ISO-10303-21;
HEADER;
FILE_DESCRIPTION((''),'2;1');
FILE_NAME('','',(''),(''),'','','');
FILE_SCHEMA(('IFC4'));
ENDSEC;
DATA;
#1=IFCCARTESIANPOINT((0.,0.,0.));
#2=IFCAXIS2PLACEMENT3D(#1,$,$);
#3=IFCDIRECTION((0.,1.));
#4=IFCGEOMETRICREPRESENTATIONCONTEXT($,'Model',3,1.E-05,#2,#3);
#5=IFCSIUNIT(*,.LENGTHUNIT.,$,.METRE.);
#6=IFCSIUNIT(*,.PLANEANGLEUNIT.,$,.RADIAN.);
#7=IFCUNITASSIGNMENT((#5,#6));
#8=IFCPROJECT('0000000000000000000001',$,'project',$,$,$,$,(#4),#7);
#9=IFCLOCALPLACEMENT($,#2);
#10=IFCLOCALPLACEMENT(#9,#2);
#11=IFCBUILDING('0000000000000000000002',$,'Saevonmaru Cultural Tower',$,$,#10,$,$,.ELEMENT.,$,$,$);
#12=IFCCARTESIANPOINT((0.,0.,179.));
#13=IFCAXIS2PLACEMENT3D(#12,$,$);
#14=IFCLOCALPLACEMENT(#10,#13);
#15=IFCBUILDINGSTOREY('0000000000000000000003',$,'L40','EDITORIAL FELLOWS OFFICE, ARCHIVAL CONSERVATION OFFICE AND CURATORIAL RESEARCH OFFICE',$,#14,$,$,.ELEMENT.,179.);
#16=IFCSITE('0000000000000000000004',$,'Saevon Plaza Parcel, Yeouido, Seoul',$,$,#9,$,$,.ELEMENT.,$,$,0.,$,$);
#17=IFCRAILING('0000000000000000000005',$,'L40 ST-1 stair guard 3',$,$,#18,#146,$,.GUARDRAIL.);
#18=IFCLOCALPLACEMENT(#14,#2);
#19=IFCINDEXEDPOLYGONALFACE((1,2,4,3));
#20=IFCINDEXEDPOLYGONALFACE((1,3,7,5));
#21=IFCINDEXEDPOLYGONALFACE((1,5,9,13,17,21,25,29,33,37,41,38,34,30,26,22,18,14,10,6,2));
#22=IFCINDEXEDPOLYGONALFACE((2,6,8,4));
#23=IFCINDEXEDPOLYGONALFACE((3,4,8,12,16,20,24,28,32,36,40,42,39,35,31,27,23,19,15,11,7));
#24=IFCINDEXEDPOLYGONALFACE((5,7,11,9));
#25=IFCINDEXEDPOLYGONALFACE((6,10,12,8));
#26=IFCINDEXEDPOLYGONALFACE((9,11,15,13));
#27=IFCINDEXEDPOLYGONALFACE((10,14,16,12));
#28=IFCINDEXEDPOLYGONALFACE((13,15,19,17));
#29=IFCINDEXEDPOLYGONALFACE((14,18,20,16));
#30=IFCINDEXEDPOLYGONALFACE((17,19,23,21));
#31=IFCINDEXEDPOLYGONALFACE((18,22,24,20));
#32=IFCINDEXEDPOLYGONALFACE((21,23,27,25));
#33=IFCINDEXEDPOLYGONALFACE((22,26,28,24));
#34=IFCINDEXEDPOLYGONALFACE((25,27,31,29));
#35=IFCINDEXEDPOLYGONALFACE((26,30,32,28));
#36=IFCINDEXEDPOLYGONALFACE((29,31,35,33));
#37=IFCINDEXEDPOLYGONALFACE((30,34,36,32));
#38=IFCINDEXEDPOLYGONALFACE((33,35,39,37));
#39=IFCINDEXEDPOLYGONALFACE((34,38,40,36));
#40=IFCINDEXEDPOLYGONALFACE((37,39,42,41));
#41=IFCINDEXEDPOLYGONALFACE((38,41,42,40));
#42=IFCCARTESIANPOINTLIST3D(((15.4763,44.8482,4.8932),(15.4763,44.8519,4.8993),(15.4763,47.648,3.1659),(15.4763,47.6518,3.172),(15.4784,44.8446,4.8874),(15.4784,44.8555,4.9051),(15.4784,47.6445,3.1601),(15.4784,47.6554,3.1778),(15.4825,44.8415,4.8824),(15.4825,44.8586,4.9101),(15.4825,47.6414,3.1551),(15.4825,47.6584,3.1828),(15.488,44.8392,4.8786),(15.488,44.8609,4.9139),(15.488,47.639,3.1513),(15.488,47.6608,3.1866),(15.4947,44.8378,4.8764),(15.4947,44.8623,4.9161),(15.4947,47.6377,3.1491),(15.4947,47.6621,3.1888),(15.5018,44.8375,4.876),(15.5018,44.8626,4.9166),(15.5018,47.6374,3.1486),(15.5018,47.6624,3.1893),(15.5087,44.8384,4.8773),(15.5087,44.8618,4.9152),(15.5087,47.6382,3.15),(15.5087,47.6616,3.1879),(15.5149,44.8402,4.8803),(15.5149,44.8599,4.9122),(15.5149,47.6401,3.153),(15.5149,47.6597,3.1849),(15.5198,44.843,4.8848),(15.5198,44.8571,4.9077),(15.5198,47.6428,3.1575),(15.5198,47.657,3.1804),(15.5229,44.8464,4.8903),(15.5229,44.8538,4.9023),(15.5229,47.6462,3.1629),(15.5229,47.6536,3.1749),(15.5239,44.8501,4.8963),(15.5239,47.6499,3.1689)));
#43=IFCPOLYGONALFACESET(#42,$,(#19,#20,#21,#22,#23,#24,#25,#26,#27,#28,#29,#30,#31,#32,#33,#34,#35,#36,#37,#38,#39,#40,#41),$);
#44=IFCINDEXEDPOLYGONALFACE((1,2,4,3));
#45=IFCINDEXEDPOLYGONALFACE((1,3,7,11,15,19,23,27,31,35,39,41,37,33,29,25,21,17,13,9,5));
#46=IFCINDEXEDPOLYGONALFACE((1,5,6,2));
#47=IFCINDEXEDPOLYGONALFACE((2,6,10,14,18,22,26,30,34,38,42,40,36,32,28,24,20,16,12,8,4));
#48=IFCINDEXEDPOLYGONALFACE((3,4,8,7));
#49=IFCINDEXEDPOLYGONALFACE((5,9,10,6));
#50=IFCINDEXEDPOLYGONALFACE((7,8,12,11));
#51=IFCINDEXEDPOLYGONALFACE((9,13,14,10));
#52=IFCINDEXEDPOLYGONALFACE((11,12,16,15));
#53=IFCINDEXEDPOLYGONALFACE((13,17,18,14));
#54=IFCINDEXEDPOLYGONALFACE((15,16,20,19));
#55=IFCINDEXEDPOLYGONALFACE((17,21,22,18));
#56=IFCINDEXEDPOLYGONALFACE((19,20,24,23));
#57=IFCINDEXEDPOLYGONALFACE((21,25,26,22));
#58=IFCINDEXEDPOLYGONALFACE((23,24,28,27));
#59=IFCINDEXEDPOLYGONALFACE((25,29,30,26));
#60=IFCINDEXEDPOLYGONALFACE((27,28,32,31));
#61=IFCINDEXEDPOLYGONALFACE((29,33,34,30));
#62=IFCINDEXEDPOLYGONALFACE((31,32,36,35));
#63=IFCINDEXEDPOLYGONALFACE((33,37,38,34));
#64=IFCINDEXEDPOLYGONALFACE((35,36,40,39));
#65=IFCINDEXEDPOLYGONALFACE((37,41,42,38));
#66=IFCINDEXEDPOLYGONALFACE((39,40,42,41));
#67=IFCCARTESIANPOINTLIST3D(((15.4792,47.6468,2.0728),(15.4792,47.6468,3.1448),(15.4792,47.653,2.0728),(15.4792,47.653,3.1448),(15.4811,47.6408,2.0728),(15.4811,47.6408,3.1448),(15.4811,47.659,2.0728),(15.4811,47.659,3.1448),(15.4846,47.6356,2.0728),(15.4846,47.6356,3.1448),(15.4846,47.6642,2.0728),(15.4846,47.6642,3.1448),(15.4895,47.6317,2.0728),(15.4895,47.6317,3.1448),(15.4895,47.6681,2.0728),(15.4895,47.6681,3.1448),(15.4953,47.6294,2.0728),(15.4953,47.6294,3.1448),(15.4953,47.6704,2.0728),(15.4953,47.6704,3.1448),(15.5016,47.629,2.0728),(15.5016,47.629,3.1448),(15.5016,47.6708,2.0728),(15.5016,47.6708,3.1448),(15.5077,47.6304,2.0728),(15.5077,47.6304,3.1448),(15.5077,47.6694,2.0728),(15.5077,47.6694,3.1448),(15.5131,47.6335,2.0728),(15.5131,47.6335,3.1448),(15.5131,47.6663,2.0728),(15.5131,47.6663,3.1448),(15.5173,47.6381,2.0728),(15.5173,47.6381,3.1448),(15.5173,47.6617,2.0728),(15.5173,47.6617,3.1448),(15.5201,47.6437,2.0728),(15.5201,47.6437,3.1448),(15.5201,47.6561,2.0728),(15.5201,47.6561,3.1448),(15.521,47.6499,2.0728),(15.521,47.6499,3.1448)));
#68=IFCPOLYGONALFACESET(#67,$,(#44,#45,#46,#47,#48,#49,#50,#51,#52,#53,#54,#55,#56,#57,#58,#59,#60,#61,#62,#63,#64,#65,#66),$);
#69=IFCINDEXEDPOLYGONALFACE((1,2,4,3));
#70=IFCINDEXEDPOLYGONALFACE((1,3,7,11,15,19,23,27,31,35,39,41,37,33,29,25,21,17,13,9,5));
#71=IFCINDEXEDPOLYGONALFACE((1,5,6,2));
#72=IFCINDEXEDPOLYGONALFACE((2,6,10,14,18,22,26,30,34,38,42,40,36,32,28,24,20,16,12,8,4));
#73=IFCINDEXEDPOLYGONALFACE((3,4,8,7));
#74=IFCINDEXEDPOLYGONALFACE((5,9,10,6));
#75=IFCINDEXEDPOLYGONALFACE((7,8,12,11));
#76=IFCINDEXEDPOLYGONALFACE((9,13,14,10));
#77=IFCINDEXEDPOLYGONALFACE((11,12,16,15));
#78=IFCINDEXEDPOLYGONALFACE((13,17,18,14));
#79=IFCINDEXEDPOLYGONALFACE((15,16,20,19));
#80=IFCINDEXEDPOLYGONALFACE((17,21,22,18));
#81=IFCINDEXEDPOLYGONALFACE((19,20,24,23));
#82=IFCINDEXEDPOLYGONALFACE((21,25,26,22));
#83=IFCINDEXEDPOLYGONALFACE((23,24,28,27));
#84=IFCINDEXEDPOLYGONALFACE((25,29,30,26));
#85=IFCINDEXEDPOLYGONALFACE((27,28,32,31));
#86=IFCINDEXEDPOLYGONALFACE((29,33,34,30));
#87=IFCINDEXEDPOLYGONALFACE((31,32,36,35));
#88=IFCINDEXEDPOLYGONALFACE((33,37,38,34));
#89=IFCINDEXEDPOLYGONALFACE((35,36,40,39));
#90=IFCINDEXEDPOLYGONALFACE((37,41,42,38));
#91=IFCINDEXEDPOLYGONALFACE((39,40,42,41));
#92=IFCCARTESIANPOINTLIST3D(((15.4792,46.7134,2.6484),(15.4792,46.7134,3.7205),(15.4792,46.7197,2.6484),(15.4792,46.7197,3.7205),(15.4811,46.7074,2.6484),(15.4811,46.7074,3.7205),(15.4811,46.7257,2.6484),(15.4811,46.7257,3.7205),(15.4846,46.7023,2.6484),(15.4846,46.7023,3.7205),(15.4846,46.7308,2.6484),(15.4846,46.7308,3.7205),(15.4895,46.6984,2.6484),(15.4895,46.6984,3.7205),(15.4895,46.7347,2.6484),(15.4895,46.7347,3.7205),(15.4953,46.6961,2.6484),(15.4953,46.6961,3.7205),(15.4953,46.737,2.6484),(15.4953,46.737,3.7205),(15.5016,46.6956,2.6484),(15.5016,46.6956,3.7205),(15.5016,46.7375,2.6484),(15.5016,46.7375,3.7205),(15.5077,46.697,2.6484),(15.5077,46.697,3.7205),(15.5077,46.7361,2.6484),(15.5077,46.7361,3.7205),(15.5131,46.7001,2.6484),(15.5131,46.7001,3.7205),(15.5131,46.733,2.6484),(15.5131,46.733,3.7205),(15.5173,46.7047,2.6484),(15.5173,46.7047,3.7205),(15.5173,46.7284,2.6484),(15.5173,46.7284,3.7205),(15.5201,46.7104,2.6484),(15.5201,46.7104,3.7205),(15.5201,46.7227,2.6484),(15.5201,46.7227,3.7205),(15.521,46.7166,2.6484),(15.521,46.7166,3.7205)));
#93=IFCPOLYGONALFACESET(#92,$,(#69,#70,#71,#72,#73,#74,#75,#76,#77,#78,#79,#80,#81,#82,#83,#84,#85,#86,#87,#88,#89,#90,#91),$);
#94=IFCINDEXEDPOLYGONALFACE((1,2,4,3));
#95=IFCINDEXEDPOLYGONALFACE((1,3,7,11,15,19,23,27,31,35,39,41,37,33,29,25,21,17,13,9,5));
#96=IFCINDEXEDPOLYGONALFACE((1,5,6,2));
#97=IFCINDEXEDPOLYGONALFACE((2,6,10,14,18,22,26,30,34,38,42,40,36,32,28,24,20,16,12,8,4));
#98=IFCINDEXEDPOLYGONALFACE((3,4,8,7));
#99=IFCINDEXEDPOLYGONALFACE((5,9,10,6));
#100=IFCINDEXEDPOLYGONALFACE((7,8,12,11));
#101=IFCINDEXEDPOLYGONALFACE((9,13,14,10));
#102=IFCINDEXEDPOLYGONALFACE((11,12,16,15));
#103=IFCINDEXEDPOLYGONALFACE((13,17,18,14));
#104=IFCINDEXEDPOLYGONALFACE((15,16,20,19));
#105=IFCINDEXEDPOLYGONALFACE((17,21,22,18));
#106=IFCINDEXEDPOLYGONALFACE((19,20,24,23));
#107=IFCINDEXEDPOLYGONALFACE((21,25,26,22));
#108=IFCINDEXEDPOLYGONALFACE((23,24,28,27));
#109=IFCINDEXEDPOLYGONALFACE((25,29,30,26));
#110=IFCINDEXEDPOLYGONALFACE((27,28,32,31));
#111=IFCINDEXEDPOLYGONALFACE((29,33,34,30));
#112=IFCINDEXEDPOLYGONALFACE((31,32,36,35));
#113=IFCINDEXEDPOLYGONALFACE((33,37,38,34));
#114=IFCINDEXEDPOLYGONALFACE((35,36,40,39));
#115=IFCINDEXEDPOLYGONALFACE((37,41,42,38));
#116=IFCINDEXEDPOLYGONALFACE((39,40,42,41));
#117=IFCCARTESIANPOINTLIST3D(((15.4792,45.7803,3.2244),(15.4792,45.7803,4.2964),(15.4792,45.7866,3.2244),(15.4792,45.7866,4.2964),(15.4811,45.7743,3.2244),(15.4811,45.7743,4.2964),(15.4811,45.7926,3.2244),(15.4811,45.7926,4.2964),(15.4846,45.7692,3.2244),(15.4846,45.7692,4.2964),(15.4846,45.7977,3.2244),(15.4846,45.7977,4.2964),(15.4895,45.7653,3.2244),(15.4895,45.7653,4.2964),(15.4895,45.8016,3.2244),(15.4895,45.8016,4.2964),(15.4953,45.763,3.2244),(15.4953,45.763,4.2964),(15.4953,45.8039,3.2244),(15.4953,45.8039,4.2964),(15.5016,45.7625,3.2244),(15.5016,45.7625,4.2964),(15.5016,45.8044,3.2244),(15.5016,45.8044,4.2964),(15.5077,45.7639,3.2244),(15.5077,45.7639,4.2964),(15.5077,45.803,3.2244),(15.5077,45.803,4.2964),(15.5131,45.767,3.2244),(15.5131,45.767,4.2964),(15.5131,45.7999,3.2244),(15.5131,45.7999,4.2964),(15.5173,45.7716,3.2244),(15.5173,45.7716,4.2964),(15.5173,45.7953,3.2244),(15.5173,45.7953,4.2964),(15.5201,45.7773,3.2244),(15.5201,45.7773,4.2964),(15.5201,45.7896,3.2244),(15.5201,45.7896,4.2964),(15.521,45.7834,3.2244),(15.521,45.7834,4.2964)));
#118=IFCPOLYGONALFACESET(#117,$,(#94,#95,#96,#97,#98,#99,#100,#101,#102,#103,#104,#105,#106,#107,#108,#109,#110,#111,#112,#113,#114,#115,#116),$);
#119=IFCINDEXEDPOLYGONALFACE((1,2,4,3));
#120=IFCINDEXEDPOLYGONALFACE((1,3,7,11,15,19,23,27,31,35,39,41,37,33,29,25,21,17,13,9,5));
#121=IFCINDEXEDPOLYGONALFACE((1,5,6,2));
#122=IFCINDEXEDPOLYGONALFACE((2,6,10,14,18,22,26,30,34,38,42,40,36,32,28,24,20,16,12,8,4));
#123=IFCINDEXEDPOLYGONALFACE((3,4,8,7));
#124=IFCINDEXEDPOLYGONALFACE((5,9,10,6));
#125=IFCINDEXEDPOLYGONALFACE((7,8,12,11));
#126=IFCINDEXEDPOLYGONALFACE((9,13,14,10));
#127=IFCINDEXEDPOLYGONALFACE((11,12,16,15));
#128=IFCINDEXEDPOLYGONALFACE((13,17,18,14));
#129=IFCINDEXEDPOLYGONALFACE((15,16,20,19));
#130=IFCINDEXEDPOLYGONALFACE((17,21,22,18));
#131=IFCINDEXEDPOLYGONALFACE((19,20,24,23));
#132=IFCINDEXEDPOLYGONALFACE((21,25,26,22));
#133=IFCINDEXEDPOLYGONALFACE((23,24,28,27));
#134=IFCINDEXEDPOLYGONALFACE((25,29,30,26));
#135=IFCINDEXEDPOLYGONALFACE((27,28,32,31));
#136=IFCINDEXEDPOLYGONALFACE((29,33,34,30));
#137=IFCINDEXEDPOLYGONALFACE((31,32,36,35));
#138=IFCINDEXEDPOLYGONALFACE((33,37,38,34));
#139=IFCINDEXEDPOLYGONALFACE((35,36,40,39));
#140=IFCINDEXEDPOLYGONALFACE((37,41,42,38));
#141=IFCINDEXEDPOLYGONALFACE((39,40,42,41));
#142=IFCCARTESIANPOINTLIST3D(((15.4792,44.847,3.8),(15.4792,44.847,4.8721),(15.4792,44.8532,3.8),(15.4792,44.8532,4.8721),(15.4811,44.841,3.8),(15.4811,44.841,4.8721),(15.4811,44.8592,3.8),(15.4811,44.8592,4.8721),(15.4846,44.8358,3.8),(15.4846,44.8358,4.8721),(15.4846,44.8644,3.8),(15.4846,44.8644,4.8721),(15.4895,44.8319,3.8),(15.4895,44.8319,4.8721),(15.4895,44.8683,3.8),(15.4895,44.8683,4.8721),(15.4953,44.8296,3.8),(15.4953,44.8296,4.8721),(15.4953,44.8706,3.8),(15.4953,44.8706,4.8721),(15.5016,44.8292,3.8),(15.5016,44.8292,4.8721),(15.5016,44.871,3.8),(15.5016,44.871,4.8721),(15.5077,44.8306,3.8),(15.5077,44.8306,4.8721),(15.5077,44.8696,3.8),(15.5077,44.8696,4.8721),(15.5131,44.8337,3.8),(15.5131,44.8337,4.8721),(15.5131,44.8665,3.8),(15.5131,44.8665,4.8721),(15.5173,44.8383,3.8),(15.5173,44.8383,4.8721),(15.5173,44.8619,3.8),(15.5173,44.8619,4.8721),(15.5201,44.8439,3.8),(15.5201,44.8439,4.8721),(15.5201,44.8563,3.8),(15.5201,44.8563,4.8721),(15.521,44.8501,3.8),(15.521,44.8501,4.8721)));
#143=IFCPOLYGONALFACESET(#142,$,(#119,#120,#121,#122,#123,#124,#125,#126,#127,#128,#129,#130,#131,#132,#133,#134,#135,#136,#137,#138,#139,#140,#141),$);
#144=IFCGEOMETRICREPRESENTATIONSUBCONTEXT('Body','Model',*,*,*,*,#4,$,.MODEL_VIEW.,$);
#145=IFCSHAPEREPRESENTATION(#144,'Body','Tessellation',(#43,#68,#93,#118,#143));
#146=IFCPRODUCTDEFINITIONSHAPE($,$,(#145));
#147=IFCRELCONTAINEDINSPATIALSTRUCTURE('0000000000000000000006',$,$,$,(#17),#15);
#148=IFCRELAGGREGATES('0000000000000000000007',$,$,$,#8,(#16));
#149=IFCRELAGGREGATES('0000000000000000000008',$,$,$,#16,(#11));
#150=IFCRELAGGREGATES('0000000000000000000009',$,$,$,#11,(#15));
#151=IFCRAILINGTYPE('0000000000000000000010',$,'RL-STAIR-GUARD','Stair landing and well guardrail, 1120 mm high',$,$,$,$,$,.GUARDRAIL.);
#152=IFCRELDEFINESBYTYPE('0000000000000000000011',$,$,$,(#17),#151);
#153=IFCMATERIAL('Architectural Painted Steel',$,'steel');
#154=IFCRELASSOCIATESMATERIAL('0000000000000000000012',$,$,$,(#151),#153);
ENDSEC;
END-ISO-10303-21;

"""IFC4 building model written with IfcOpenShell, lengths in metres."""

from ifc_helpers import new_model, si_unit, direction, frame, origin, origin_2d, place, context, subcontext, project, spatial, circle, extrude, material, type_object, element, save


model = new_model("IFC4")

# Units and contexts
model_context = context("Model", 3, precision=1e-05, world=origin(), true_north=direction((0.0, 1.0)))
body_context = subcontext(model_context, "Body", "Model", "MODEL_VIEW")
ifc_project = project(units=[si_unit("LENGTHUNIT", "METRE"), si_unit("PLANEANGLEUNIT", "RADIAN")], contexts=[model_context])

# Site, building, storey
site_placement = place(None, origin())
site = spatial("IfcSite", under=ifc_project, at=site_placement, Name="Saevon Plaza Parcel, Yeouido, Seoul", CompositionType="ELEMENT", RefElevation=0.0)
building_placement = place(site_placement, origin())
building = spatial("IfcBuilding", under=site, at=building_placement, Name="Saevonmaru Cultural Tower", CompositionType="ELEMENT")
storey_placement = place(building_placement, frame((0.0, 0.0, 179.0)))
storey = spatial("IfcBuildingStorey", under=building, at=storey_placement, Name="L40", Description="EDITORIAL FELLOWS OFFICE, ARCHIVAL CONSERVATION OFFICE AND CURATORIAL RESEARCH OFFICE", CompositionType="ELEMENT", Elevation=179.0)

# Railing
ifc_material_1 = material(Name="Architectural Painted Steel", Category="steel")
railing_type_1 = type_object("IfcRailingType", Name="RL-STAIR-GUARD", Description="Stair landing and well guardrail, 1120 mm high", PredefinedType="GUARDRAIL", material=ifc_material_1)
railing_1_placement = place(storey_placement, frame((15.5, 47.6499, 2.0728)))
element("IfcRailing", 1, at=railing_1_placement, inside=storey, type_object=railing_type_1, Name="L40 ST-1 stair guard 3", PredefinedType="GUARDRAIL", context=body_context, shape_type="SweptSolid", body=[
    extrude(circle(Radius=0.0239, at=origin_2d()), frame((0.0, 0.0, 1.0962), z_axis=(0.0, -0.851069, 0.525054), x_axis=(1.0, 0.0, 0.0)), (0.0, 0.0, 1.0), 3.2898),
    extrude(circle(Radius=0.021, at=origin_2d()), origin(), (0.0, 0.0, 1.0), 1.072),
    extrude(circle(Radius=0.021, at=origin_2d()), frame((0.0, -0.9333, 0.5757)), (0.0, 0.0, 1.0), 1.072),
    extrude(circle(Radius=0.021, at=origin_2d()), frame((0.0, -1.8665, 1.1516)), (0.0, 0.0, 1.0), 1.072),
    extrude(circle(Radius=0.021, at=origin_2d()), frame((0.0, -2.7998, 1.7273)), (0.0, 0.0, 1.0), 1.072),
])

save(model, "model.ifc")
